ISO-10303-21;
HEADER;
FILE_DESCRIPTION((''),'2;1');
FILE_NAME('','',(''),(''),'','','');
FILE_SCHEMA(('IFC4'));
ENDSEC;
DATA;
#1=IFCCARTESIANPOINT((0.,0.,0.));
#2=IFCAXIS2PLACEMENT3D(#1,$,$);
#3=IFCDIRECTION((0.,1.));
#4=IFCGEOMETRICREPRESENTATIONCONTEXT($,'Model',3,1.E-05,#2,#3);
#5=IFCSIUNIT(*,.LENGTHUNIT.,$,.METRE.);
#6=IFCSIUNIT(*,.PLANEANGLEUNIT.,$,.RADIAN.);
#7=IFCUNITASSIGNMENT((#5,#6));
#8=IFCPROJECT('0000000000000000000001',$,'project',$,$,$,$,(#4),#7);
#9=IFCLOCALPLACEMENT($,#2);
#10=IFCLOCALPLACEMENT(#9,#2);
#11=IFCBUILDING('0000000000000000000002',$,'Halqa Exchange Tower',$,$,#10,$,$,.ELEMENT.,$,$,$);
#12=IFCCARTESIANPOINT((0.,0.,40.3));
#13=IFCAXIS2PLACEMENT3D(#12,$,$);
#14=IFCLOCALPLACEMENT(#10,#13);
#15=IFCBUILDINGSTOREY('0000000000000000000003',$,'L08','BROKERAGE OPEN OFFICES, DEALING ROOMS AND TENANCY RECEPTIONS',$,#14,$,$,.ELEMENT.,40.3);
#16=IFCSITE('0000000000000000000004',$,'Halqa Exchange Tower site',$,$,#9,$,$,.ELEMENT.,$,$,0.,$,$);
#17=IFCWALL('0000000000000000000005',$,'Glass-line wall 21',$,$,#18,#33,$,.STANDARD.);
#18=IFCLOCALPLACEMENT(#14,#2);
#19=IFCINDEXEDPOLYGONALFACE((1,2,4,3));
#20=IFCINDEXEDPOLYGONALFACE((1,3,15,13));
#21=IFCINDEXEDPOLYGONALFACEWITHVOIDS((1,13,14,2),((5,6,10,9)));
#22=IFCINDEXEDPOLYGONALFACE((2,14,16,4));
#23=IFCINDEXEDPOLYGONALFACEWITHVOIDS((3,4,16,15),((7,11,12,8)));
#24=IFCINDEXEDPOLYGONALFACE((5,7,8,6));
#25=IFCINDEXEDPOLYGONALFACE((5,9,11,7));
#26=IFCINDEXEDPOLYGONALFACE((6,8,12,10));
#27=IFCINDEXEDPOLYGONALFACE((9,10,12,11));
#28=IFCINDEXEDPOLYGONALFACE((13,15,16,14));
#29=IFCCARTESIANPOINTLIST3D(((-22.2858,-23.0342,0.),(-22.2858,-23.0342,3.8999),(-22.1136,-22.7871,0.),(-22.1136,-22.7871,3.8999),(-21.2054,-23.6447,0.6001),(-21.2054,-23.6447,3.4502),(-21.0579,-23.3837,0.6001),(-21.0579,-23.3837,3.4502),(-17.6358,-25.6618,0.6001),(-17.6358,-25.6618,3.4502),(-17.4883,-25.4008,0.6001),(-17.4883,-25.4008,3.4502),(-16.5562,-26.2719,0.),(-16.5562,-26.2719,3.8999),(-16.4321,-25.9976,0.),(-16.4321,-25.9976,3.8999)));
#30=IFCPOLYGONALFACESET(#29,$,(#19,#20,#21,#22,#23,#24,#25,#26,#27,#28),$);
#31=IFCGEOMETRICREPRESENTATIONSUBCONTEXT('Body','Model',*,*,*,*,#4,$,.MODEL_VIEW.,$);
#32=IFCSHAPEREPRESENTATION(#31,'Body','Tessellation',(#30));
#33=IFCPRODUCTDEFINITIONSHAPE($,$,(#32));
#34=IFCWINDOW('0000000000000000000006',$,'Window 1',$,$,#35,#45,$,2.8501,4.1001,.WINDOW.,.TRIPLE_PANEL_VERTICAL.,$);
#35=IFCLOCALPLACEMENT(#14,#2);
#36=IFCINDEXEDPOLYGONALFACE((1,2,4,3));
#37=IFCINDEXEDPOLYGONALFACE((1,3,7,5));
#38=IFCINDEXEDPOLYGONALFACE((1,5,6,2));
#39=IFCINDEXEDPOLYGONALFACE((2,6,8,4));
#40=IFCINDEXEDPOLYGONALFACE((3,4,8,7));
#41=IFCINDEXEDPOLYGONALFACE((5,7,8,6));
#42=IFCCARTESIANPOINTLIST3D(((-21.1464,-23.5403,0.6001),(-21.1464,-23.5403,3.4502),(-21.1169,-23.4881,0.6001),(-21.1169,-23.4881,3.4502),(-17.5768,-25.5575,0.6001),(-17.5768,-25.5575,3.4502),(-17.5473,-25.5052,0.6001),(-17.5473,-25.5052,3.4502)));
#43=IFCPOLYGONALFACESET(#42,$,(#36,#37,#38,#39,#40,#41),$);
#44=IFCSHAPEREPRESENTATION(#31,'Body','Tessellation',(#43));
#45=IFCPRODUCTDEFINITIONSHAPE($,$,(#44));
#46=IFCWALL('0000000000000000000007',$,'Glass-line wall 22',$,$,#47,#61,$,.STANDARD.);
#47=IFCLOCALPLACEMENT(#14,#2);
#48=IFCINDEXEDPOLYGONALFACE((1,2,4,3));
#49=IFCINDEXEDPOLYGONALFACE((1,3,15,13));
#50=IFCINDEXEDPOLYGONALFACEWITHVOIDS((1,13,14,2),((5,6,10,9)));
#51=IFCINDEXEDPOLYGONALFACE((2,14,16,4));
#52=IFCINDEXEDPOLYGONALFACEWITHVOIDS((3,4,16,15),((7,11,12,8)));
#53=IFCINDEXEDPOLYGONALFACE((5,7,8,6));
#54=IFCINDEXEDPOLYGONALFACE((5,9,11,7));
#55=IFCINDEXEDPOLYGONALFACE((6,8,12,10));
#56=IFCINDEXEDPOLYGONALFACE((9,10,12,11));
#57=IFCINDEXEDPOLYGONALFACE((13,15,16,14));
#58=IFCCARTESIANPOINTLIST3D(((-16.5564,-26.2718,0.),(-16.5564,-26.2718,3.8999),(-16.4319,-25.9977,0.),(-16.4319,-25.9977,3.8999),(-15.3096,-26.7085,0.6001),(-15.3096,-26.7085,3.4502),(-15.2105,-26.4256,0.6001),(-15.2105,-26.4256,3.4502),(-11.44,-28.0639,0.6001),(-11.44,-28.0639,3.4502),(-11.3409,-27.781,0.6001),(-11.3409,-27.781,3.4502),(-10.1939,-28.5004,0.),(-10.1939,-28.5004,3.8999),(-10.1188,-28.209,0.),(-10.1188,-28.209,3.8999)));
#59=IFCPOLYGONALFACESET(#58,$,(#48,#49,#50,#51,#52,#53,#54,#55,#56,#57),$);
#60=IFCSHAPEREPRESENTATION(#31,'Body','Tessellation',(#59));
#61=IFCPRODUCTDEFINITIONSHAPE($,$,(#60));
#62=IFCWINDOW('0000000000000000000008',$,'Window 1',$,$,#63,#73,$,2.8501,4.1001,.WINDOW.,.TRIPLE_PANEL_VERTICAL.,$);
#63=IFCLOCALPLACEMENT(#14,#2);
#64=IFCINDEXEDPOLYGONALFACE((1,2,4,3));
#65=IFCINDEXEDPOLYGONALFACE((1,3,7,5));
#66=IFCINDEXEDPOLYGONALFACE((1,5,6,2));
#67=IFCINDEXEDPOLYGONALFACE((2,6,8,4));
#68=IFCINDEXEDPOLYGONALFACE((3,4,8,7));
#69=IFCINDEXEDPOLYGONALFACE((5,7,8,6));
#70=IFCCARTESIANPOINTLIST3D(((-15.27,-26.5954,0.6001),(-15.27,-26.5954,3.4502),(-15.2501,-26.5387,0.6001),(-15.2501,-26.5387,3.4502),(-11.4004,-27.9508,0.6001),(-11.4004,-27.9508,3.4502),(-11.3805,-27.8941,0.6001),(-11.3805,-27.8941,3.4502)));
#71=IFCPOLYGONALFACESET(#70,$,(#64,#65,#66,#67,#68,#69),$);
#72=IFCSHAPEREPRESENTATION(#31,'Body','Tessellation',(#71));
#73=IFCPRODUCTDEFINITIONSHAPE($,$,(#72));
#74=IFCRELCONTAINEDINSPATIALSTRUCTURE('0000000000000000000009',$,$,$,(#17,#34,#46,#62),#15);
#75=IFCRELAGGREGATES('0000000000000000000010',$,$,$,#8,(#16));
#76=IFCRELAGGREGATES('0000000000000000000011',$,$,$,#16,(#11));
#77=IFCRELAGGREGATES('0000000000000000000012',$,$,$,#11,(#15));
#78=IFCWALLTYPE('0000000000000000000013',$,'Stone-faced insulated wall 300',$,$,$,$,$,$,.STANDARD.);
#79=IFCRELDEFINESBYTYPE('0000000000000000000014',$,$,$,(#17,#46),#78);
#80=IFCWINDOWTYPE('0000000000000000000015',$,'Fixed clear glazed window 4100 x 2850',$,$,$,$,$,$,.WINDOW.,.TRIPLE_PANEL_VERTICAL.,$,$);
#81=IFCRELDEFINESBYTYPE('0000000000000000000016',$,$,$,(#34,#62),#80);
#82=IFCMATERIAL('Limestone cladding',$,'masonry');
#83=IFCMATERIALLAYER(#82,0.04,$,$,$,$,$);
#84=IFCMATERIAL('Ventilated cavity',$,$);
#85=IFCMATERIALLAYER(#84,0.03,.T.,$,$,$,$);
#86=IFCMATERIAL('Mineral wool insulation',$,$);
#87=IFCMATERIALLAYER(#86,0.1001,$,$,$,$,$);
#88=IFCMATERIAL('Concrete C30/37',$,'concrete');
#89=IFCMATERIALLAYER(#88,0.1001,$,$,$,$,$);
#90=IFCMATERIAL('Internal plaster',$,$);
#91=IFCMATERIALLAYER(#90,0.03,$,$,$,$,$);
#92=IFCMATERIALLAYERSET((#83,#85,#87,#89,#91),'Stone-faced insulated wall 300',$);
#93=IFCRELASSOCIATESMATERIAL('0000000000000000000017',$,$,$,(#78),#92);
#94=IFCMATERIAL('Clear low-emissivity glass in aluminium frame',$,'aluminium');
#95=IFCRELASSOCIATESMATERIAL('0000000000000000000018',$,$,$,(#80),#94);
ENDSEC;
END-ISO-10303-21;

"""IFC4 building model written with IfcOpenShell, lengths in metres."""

from ifc_helpers import new_model, si_unit, direction, frame, frame_2d, origin, place, context, subcontext, project, spatial, polyline, rectangle, outline, extrude, material, layer, layer_set, type_object, element, fill, save


model = new_model("IFC4")

# Units and contexts
model_context = context("Model", 3, precision=1e-05, world=origin(), true_north=direction((0.0, 1.0)))
body_context = subcontext(model_context, "Body", "Model", "MODEL_VIEW")
ifc_project = project(units=[si_unit("LENGTHUNIT", "METRE"), si_unit("PLANEANGLEUNIT", "RADIAN")], contexts=[model_context])

# Site, building, storey
site_placement = place(None, origin())
site = spatial("IfcSite", under=ifc_project, at=site_placement, Name="Halqa Exchange Tower site", CompositionType="ELEMENT", RefElevation=0.0)
building_placement = place(site_placement, origin())
building = spatial("IfcBuilding", under=site, at=building_placement, Name="Halqa Exchange Tower", CompositionType="ELEMENT")
storey_placement = place(building_placement, frame((0.0, 0.0, 40.3)))
storey = spatial("IfcBuildingStorey", under=building, at=storey_placement, Name="L08", Description="BROKERAGE OPEN OFFICES, DEALING ROOMS AND TENANCY RECEPTIONS", CompositionType="ELEMENT", Elevation=40.3)

# Shared definitions
ifc_material_1 = material(Name="Limestone cladding", Category="masonry")
ifc_layer_1 = layer(ifc_material_1, 0.04)
ifc_material_2 = material(Name="Ventilated cavity")
ifc_layer_2 = layer(ifc_material_2, 0.03, ventilated=True)
ifc_material_3 = material(Name="Mineral wool insulation")
ifc_layer_3 = layer(ifc_material_3, 0.1001)
ifc_material_4 = material(Name="Concrete C30/37", Category="concrete")
ifc_layer_4 = layer(ifc_material_4, 0.1001)
ifc_material_5 = material(Name="Internal plaster")
ifc_layer_5 = layer(ifc_material_5, 0.03)
ifc_layer_set_1 = layer_set([ifc_layer_1, ifc_layer_2, ifc_layer_3, ifc_layer_4, ifc_layer_5], Name="Stone-faced insulated wall 300")
wall_type_1 = type_object("IfcWallType", Name="Stone-faced insulated wall 300", PredefinedType="STANDARD", material=ifc_layer_set_1)
ifc_material_6 = material(Name="Clear low-emissivity glass in aluminium frame", Category="aluminium")

# Walls, openings, windows
wall_1_placement = place(storey_placement, frame((-22.1997, -22.9106, 0.0), z_axis=(0.0, 0.0, 1.0), x_axis=(0.870613, -0.491969, 0.0)))
wall_1 = element("IfcWall", 1, at=wall_1_placement, inside=storey, type_object=wall_type_1, Name="Glass-line wall 21", PredefinedType="STANDARD", context=body_context, shape_type="SweptSolid", body=[
    extrude(outline(polyline([(-0.0142, -0.1499), (6.5669, -0.1499), (6.54, 0.1499), (0.0142, 0.1499), (-0.0142, -0.1499)])), origin(), (0.0, 0.0, 1.0), 3.8999),
])
opening_1_placement = place(wall_1_placement, frame((1.2268, 0.0, 0.6001)))
opening_1 = element("IfcOpeningElement", 2, at=opening_1_placement, cuts=wall_1, PredefinedType="OPENING", context=body_context, shape_type="SweptSolid", body=[
    extrude(rectangle(XDim=4.1001, YDim=2.8501, at=frame_2d((2.05, 1.425))), frame((0.0, 0.1621, 0.0), z_axis=(0.0, -1.0, 0.0), x_axis=(1.0, 0.0, 0.0)), (0.0, 0.0, 1.0), 0.324),
])
window_type = type_object("IfcWindowType", Name="Fixed clear glazed window 4100 x 2850", PartitioningType="TRIPLE_PANEL_VERTICAL", PredefinedType="WINDOW", material=ifc_material_6)
window_1_placement = place(opening_1_placement, origin())
window_1 = element("IfcWindow", 3, at=window_1_placement, inside=storey, type_object=window_type, Name="Window 1", OverallHeight=2.8501, OverallWidth=4.1001, PartitioningType="TRIPLE_PANEL_VERTICAL", PredefinedType="WINDOW", context=body_context, shape_type="SweptSolid", body=[
    extrude(rectangle(XDim=4.1001, YDim=2.8501, at=frame_2d((2.05, 1.425))), frame((0.0, 0.03, 0.0), z_axis=(0.0, -1.0, 0.0), x_axis=(1.0, 0.0, 0.0)), (0.0, 0.0, 1.0), 0.0601),
])
fill(opening_1, window_1)
wall_2_placement = place(storey_placement, frame((-16.4941, -26.1348, 0.0), z_axis=(0.0, 0.0, 1.0), x_axis=(0.943779, -0.330577, 0.0)))
wall_2 = element("IfcWall", 4, at=wall_2_placement, inside=storey, type_object=wall_type_1, Name="Glass-line wall 22", PredefinedType="STANDARD", context=body_context, shape_type="SweptSolid", body=[
    extrude(outline(polyline([(-0.0134, -0.1499), (6.728, -0.1499), (6.7026, 0.1499), (0.0134, 0.1499), (-0.0134, -0.1499)])), origin(), (0.0, 0.0, 1.0), 3.8999),
])
opening_2_placement = place(wall_2_placement, frame((1.3076, 0.0, 0.6001)))
opening_2 = element("IfcOpeningElement", 5, at=opening_2_placement, cuts=wall_2, PredefinedType="OPENING", context=body_context, shape_type="SweptSolid", body=[
    extrude(rectangle(XDim=4.1001, YDim=2.8501, at=frame_2d((2.05, 1.425))), frame((0.0, 0.1621, 0.0), z_axis=(0.0, -1.0, 0.0), x_axis=(1.0, 0.0, 0.0)), (0.0, 0.0, 1.0), 0.324),
])
window_2_placement = place(opening_2_placement, origin())
window_2 = element("IfcWindow", 6, at=window_2_placement, inside=storey, type_object=window_type, Name="Window 1", OverallHeight=2.8501, OverallWidth=4.1001, PartitioningType="TRIPLE_PANEL_VERTICAL", PredefinedType="WINDOW", context=body_context, shape_type="SweptSolid", body=[
    extrude(rectangle(XDim=4.1001, YDim=2.8501, at=frame_2d((2.05, 1.425))), frame((0.0, 0.03, 0.0), z_axis=(0.0, -1.0, 0.0), x_axis=(1.0, 0.0, 0.0)), (0.0, 0.0, 1.0), 0.0601),
])
fill(opening_2, window_2)

save(model, "model.ifc")
